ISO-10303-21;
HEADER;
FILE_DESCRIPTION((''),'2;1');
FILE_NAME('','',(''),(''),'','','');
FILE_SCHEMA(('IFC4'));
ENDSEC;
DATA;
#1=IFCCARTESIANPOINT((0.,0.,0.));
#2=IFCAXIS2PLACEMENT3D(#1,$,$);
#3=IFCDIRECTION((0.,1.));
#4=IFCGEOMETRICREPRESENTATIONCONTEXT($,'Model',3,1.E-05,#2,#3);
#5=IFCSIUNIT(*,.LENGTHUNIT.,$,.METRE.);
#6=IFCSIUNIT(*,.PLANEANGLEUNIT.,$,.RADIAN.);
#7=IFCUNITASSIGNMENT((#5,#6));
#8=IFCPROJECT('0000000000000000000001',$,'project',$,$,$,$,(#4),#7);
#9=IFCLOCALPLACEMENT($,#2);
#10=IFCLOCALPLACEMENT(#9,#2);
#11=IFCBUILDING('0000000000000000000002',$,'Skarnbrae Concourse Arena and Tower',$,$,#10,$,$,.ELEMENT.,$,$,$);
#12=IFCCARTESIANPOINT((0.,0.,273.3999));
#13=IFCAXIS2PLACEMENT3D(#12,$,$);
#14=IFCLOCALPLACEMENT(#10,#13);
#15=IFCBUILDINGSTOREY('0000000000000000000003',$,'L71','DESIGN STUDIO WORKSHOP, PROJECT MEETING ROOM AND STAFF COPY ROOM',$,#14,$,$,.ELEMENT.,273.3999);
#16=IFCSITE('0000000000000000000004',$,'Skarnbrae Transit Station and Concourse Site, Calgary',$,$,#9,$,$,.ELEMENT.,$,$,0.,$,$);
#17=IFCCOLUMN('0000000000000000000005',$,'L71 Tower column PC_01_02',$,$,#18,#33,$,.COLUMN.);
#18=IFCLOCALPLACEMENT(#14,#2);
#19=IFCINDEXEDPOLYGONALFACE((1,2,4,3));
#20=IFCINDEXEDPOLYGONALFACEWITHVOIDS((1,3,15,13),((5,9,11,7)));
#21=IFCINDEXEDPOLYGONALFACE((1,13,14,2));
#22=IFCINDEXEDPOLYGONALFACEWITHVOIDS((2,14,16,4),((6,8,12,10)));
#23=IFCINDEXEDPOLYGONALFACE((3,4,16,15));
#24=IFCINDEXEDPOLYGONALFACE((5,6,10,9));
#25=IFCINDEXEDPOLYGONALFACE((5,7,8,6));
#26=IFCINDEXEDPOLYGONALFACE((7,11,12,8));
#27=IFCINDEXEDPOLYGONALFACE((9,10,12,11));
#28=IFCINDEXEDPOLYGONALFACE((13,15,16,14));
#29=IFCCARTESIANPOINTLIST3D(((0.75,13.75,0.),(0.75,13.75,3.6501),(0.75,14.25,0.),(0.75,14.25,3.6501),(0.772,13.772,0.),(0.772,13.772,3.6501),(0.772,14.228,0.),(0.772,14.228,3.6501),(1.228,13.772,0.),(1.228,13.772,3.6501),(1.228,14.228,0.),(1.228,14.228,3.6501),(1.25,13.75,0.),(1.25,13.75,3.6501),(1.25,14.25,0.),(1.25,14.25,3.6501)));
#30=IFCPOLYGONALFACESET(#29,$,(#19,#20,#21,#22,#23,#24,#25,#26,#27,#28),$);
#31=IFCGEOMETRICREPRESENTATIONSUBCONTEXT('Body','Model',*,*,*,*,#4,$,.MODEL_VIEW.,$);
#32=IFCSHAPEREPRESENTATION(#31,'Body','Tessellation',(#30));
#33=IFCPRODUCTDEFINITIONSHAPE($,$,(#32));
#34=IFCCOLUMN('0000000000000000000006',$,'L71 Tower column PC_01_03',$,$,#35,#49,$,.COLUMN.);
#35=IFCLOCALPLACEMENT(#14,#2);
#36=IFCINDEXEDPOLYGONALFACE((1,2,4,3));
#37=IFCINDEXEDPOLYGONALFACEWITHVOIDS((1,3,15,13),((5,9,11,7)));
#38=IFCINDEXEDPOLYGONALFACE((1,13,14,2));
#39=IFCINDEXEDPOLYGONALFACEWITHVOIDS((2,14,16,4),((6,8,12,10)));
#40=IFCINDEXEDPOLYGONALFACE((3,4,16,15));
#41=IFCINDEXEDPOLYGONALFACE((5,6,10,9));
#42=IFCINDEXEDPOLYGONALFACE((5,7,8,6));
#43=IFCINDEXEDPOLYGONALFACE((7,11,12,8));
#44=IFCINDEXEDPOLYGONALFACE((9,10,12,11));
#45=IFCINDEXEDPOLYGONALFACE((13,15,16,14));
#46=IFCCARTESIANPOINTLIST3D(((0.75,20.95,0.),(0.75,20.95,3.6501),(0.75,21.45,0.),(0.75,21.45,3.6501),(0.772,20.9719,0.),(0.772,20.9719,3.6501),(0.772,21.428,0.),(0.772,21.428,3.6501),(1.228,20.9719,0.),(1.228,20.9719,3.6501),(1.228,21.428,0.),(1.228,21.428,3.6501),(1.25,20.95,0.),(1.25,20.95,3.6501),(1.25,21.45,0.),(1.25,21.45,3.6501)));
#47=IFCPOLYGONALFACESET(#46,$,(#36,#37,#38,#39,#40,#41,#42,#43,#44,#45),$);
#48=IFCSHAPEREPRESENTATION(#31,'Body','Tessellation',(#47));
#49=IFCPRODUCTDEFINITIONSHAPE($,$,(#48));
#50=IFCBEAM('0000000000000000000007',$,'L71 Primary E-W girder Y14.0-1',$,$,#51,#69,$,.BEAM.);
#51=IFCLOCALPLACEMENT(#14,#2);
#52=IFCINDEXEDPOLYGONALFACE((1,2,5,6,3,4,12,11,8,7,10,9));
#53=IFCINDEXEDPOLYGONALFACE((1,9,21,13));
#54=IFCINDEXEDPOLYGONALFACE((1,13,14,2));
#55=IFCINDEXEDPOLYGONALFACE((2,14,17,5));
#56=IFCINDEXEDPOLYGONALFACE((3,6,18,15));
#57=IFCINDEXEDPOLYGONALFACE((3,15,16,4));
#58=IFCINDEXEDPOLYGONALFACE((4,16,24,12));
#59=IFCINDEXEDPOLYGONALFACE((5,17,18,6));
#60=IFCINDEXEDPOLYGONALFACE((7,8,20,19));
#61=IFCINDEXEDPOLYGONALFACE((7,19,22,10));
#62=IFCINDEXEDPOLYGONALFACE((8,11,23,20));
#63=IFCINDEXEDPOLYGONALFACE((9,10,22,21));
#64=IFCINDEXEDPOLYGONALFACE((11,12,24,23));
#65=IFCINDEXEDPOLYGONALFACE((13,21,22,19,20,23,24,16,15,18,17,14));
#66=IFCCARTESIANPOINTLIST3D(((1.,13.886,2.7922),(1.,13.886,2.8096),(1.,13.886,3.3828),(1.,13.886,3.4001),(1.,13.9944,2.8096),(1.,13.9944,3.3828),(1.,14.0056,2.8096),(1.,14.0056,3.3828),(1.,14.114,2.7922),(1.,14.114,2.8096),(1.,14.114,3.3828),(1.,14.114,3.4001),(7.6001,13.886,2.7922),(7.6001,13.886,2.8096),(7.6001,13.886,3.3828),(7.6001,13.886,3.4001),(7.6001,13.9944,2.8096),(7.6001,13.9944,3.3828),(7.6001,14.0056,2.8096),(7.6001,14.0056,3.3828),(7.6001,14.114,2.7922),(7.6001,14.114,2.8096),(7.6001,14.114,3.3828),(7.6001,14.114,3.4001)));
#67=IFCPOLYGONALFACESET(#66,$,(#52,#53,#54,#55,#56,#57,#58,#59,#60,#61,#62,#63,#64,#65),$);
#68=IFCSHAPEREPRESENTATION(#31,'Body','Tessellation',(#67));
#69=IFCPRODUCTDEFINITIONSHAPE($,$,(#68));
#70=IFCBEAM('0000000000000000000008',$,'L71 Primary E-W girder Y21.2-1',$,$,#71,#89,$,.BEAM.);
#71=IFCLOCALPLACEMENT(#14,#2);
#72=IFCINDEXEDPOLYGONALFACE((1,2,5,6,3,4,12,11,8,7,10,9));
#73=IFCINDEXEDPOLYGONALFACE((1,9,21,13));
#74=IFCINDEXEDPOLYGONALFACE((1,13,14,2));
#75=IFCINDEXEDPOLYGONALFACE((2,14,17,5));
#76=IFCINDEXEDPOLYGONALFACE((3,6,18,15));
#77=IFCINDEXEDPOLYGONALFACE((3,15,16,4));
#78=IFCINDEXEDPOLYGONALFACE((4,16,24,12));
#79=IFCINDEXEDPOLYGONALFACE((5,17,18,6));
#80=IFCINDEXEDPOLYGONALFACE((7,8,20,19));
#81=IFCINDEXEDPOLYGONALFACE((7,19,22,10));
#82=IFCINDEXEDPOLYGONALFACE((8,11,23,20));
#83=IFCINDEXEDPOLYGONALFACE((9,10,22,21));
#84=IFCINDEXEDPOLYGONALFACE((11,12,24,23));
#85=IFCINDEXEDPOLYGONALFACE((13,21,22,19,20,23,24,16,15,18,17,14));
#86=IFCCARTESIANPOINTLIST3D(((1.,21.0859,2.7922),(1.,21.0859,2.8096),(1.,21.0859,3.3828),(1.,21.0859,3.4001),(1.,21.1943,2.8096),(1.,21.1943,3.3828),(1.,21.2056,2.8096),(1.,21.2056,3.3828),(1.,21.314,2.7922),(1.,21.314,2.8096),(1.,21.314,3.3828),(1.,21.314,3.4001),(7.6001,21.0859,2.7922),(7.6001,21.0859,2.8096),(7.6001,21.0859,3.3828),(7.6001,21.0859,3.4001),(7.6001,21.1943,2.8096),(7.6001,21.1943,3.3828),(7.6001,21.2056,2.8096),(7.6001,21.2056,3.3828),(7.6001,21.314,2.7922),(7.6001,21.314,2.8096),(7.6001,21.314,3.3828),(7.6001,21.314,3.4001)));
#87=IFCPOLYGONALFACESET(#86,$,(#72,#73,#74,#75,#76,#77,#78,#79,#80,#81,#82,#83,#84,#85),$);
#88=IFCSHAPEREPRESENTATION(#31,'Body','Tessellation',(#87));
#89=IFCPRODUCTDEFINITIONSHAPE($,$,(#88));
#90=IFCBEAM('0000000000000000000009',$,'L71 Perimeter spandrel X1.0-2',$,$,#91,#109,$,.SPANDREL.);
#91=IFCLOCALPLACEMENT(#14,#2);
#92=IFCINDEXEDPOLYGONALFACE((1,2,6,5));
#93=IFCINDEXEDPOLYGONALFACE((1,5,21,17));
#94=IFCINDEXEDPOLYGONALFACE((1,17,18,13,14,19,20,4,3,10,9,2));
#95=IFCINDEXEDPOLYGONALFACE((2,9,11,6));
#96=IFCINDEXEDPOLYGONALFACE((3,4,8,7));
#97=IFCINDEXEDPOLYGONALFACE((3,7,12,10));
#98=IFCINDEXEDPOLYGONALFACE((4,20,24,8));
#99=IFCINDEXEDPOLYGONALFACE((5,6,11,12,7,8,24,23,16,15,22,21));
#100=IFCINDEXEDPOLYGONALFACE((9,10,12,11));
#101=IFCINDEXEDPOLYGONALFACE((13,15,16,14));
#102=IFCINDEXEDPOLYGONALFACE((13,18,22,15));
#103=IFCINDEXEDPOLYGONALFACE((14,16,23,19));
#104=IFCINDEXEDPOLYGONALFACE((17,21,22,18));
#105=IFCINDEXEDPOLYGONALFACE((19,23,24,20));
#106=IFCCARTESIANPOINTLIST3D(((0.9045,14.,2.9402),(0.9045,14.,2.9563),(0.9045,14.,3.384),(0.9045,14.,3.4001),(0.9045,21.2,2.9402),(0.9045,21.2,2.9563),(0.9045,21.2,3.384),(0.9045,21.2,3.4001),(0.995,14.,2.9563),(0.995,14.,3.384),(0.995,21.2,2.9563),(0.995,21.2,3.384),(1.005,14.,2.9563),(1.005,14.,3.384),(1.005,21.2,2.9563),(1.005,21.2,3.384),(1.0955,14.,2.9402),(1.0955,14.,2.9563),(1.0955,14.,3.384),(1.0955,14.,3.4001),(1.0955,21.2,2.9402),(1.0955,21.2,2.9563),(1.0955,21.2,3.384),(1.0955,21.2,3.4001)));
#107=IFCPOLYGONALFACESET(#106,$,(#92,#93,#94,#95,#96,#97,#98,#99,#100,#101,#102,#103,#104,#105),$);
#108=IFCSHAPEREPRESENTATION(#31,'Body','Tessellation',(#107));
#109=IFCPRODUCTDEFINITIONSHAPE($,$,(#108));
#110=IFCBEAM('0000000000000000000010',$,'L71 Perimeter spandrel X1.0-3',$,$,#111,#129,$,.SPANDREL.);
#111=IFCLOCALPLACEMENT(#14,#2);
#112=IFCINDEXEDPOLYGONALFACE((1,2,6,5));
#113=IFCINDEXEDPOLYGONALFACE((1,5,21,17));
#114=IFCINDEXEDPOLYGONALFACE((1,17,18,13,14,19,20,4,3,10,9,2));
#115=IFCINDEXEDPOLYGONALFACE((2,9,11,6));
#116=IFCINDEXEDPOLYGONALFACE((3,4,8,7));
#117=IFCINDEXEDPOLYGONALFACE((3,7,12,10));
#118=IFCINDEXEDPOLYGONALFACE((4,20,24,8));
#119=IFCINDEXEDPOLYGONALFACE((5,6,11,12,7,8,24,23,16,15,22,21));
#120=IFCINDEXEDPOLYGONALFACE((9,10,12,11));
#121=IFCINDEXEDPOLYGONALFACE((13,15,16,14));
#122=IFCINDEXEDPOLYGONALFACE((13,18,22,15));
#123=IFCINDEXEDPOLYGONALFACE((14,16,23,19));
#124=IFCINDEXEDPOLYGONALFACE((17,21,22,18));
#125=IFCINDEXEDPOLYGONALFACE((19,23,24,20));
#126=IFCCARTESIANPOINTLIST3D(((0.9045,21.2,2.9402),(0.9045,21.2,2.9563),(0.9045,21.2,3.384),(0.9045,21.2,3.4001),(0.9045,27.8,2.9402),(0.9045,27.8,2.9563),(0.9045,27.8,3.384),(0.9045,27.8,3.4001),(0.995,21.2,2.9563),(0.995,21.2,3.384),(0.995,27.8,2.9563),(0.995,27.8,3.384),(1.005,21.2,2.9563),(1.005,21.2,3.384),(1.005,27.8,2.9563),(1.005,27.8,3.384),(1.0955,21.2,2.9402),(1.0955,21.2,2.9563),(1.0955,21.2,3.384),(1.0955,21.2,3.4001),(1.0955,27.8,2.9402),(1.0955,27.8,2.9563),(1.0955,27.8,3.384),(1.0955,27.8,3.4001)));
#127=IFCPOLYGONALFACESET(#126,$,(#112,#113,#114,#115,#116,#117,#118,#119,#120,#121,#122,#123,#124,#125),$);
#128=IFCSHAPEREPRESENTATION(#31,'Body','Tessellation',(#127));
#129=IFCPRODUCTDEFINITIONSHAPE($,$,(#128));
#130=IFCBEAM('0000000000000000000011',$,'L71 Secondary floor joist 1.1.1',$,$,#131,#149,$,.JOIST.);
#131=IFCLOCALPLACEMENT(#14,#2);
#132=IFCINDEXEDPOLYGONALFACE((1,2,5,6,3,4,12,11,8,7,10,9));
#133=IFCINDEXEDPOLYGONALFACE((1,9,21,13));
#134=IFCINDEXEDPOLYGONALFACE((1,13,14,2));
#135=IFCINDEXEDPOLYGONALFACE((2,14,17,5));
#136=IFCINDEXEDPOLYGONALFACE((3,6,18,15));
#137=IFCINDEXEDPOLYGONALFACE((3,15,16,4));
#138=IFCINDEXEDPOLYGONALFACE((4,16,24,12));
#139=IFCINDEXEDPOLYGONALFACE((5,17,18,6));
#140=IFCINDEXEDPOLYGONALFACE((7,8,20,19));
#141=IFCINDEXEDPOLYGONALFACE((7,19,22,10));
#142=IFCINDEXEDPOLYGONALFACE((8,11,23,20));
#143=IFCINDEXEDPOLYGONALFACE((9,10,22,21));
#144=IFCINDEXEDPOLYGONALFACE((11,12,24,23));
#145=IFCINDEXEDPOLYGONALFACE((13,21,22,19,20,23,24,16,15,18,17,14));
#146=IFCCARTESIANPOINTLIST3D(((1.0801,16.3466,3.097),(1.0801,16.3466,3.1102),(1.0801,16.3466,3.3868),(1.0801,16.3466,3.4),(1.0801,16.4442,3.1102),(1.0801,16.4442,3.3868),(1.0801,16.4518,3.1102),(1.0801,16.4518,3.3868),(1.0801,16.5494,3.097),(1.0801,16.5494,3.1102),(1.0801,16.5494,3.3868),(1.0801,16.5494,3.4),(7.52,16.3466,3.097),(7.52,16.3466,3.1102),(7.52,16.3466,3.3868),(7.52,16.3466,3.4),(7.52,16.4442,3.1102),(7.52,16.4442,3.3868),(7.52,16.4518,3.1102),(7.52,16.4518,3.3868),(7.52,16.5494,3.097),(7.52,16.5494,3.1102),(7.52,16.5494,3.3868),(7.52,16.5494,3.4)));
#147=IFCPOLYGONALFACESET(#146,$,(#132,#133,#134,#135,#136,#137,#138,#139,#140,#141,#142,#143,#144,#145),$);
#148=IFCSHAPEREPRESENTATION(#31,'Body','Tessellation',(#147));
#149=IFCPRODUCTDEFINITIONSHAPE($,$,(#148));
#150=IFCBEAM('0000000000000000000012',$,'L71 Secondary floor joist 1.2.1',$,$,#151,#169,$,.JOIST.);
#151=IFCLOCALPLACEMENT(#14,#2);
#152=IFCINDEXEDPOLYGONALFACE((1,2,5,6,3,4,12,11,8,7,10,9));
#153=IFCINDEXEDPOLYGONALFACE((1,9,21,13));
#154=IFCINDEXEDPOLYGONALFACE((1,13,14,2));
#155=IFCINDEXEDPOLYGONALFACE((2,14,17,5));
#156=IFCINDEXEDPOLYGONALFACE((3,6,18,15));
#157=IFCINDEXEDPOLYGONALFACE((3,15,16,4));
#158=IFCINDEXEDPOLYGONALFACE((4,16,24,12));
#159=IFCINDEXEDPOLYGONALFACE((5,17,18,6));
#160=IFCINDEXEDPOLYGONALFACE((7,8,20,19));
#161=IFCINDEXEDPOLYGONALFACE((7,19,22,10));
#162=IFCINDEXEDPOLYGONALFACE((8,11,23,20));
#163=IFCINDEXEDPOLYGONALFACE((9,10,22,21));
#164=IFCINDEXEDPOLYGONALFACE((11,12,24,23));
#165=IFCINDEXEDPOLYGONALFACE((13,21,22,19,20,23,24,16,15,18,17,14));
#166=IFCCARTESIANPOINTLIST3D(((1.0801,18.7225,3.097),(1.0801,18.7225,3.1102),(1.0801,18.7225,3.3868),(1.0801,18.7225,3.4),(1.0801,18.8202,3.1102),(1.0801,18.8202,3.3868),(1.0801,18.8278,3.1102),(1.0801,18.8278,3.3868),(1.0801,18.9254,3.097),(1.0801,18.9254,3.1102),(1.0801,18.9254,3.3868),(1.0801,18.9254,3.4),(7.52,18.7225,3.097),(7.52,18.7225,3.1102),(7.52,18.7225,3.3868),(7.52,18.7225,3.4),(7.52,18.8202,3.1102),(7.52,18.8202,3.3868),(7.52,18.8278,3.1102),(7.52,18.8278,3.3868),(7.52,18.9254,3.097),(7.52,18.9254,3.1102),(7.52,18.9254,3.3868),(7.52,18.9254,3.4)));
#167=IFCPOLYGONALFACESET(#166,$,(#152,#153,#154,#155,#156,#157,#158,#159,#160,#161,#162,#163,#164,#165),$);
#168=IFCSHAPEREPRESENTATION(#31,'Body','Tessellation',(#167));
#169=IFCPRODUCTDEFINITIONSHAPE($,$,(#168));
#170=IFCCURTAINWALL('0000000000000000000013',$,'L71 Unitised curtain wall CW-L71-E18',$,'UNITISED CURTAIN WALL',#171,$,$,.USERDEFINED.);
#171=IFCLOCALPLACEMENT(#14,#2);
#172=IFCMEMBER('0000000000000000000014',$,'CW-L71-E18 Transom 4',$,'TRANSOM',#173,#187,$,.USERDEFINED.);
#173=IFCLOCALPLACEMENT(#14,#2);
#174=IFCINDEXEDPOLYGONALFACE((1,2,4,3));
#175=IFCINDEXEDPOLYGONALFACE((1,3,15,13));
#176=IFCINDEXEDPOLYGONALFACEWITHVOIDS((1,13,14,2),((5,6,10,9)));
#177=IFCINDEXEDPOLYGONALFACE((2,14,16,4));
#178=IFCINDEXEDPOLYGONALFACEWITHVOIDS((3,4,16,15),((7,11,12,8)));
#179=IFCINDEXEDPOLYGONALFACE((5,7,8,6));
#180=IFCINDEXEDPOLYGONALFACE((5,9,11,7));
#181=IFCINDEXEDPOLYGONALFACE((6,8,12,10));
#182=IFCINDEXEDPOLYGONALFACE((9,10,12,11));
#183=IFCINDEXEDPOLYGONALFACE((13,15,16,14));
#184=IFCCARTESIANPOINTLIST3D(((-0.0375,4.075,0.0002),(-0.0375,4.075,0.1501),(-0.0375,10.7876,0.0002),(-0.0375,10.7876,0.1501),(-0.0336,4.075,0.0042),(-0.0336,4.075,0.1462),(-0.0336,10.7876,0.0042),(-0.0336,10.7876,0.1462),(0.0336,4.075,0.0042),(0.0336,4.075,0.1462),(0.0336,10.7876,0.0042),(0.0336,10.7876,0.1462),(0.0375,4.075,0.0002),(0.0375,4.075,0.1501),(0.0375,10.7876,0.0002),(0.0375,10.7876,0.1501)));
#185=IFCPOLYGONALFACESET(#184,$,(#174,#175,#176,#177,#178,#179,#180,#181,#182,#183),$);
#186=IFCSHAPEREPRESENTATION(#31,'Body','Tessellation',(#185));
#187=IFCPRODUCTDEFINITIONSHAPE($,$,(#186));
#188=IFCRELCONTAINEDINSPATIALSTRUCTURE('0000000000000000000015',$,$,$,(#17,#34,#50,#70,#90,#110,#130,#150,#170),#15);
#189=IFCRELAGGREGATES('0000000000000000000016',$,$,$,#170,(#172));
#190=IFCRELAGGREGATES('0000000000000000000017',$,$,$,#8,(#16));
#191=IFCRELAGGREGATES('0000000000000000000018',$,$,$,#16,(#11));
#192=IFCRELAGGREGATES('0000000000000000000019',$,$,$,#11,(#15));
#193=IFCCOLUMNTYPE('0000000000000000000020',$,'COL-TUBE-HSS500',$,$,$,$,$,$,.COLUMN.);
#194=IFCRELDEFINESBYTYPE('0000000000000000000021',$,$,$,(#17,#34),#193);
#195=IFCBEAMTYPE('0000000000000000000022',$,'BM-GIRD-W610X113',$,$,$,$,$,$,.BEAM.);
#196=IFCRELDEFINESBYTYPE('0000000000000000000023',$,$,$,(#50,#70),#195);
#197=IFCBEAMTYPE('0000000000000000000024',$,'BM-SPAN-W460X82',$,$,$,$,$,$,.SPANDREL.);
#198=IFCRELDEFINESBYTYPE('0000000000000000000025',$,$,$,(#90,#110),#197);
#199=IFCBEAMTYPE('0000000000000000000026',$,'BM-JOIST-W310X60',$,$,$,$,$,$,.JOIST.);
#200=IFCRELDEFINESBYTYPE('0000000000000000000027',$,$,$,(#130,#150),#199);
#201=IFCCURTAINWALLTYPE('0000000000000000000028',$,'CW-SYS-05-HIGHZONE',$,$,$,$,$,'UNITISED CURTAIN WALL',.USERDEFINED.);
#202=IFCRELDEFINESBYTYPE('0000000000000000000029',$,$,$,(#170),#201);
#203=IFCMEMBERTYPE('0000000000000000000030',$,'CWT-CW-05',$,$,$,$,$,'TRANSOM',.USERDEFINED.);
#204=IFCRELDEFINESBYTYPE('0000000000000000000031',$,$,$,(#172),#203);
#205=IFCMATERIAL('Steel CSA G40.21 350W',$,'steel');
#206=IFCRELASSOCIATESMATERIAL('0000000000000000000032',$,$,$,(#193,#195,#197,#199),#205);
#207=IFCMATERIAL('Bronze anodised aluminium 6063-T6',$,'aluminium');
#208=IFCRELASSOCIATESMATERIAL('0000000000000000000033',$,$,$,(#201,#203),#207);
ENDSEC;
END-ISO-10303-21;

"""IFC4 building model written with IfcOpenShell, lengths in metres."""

from ifc_helpers import new_model, si_unit, direction, frame, origin, origin_2d, place, context, subcontext, project, spatial, hollow_rectangle, i_section, extrude, source, transform, mapped, material, material_profile, profile_set, type_object, element, aggregate, save


model = new_model("IFC4")

# Units and contexts
model_context = context("Model", 3, precision=1e-05, world=origin(), true_north=direction((0.0, 1.0)))
body_context = subcontext(model_context, "Body", "Model", "MODEL_VIEW")
ifc_project = project(units=[si_unit("LENGTHUNIT", "METRE"), si_unit("PLANEANGLEUNIT", "RADIAN")], contexts=[model_context])

# Site, building, storey
site_placement = place(None, origin())
site = spatial("IfcSite", under=ifc_project, at=site_placement, Name="Skarnbrae Transit Station and Concourse Site, Calgary", CompositionType="ELEMENT", RefElevation=0.0)
building_placement = place(site_placement, origin())
building = spatial("IfcBuilding", under=site, at=building_placement, Name="Skarnbrae Concourse Arena and Tower", CompositionType="ELEMENT")
storey_placement = place(building_placement, frame((0.0, 0.0, 273.3999)))
storey = spatial("IfcBuildingStorey", under=building, at=storey_placement, Name="L71", Description="DESIGN STUDIO WORKSHOP, PROJECT MEETING ROOM AND STAFF COPY ROOM", CompositionType="ELEMENT", Elevation=273.3999)

# Columns
ifc_material_1 = material(Name="Steel CSA G40.21 350W", Category="steel")
ifc_material_profile_1 = material_profile(ifc_material_1, hollow_rectangle(XDim=0.5, YDim=0.5, WallThickness=0.022, at=origin_2d()), Name="HSS500X500X22.0")
ifc_profile_set_1 = profile_set([ifc_material_profile_1], Name="Steel CSA G40.21 350W")
column_type = type_object("IfcColumnType", Name="COL-TUBE-HSS500", PredefinedType="COLUMN", material=ifc_profile_set_1)
shared_shape_1 = source(origin(), body_context, "Body", "SweptSolid", [
    extrude(hollow_rectangle(XDim=0.5, YDim=0.5, WallThickness=0.022, at=origin_2d()), origin(), (0.0, 0.0, 1.0), 3.6501),
])
for number, where, z_axis, x_axis, name in (
    (1, (1.0, 14.0, 0.0), (0.0, 0.0, 1.0), (1.0, 0.0, 0.0), "L71 Tower column PC_01_02"),
    (2, (1.0, 21.2, 0.0), (0.0, 0.0, 1.0), (1.0, 0.0, 0.0), "L71 Tower column PC_01_03"),
):
    element("IfcColumn", number, at=place(storey_placement, frame(where, z_axis=z_axis, x_axis=x_axis)), inside=storey, type_object=column_type, Name=name, PredefinedType="COLUMN", context=body_context, shape_type="MappedRepresentation", body=[
        mapped(shared_shape_1, transform((0.0, 0.0, 0.0))),
    ])

# Beams
ifc_material_profile_2 = material_profile(ifc_material_1, i_section(OverallWidth=0.228, OverallDepth=0.6079, WebThickness=0.0112, FlangeThickness=0.0173, at=origin_2d()), Name="W610X113")
ifc_profile_set_2 = profile_set([ifc_material_profile_2], Name="Steel CSA G40.21 350W")
beam_type_1 = type_object("IfcBeamType", Name="BM-GIRD-W610X113", PredefinedType="BEAM", material=ifc_profile_set_2)
shared_shape_2 = source(origin(), body_context, "Body", "SweptSolid", [
    extrude(i_section(OverallWidth=0.228, OverallDepth=0.6079, WebThickness=0.0112, FlangeThickness=0.0173, at=origin_2d()), origin(), (0.0, 0.0, 1.0), 6.6001),
])
for number, where, z_axis, x_axis, name in (
    (3, (1.0, 14.0, 3.0962), (1.0, 0.0, 0.0), (0.0, 1.0, 0.0), "L71 Primary E-W girder Y14.0-1"),
    (4, (1.0, 21.2, 3.0962), (1.0, 0.0, 0.0), (0.0, 1.0, 0.0), "L71 Primary E-W girder Y21.2-1"),
):
    element("IfcBeam", number, at=place(storey_placement, frame(where, z_axis=z_axis, x_axis=x_axis)), inside=storey, type_object=beam_type_1, Name=name, PredefinedType="BEAM", context=body_context, shape_type="MappedRepresentation", body=[
        mapped(shared_shape_2, transform((0.0, 0.0, 0.0))),
    ])
ifc_material_profile_3 = material_profile(ifc_material_1, i_section(OverallWidth=0.1909, OverallDepth=0.46, WebThickness=0.01, FlangeThickness=0.0161, at=origin_2d()), Name="W460X82")
ifc_profile_set_3 = profile_set([ifc_material_profile_3], Name="Steel CSA G40.21 350W")
beam_type_2 = type_object("IfcBeamType", Name="BM-SPAN-W460X82", PredefinedType="SPANDREL", material=ifc_profile_set_3)
shared_shape_3 = source(origin(), body_context, "Body", "SweptSolid", [
    extrude(i_section(OverallWidth=0.1909, OverallDepth=0.46, WebThickness=0.01, FlangeThickness=0.0161, at=origin_2d()), origin(), (0.0, 0.0, 1.0), 7.2),
])
beam_1_placement = place(storey_placement, frame((1.0, 14.0, 3.1702), z_axis=(0.0, 1.0, 0.0), x_axis=(-1.0, 0.0, 0.0)))
element("IfcBeam", 5, at=beam_1_placement, inside=storey, type_object=beam_type_2, Name="L71 Perimeter spandrel X1.0-2", PredefinedType="SPANDREL", context=body_context, shape_type="MappedRepresentation", body=[
    mapped(shared_shape_3, transform((0.0, 0.0, 0.0))),
])
shared_shape_4 = source(origin(), body_context, "Body", "SweptSolid", [
    extrude(i_section(OverallWidth=0.1909, OverallDepth=0.46, WebThickness=0.01, FlangeThickness=0.0161, at=origin_2d()), origin(), (0.0, 0.0, 1.0), 6.6001),
])
beam_2_placement = place(storey_placement, frame((1.0, 21.2, 3.1702), z_axis=(0.0, 1.0, 0.0), x_axis=(-1.0, 0.0, 0.0)))
element("IfcBeam", 6, at=beam_2_placement, inside=storey, type_object=beam_type_2, Name="L71 Perimeter spandrel X1.0-3", PredefinedType="SPANDREL", context=body_context, shape_type="MappedRepresentation", body=[
    mapped(shared_shape_4, transform((0.0, 0.0, 0.0))),
])
ifc_material_profile_4 = material_profile(ifc_material_1, i_section(OverallWidth=0.2029, OverallDepth=0.303, WebThickness=0.0076, FlangeThickness=0.0132, at=origin_2d()), Name="W310X60")
ifc_profile_set_4 = profile_set([ifc_material_profile_4], Name="Steel CSA G40.21 350W")
beam_type_3 = type_object("IfcBeamType", Name="BM-JOIST-W310X60", PredefinedType="JOIST", material=ifc_profile_set_4)
shared_shape_5 = source(origin(), body_context, "Body", "SweptSolid", [
    extrude(i_section(OverallWidth=0.2029, OverallDepth=0.303, WebThickness=0.0076, FlangeThickness=0.0132, at=origin_2d()), origin(), (0.0, 0.0, 1.0), 6.4399),
])
for number, where, z_axis, x_axis, name in (
    (7, (1.0801, 16.448, 3.2485), (1.0, 0.0, 0.0), (0.0, 1.0, 0.0), "L71 Secondary floor joist 1.1.1"),
    (8, (1.0801, 18.824, 3.2485), (1.0, 0.0, 0.0), (0.0, 1.0, 0.0), "L71 Secondary floor joist 1.2.1"),
):
    element("IfcBeam", number, at=place(storey_placement, frame(where, z_axis=z_axis, x_axis=x_axis)), inside=storey, type_object=beam_type_3, Name=name, PredefinedType="JOIST", context=body_context, shape_type="MappedRepresentation", body=[
        mapped(shared_shape_5, transform((0.0, 0.0, 0.0))),
    ])

# Curtain wall, member
ifc_material_2 = material(Name="Bronze anodised aluminium 6063-T6", Category="aluminium")
curtain_wall_type = type_object("IfcCurtainWallType", Name="CW-SYS-05-HIGHZONE", ElementType="UNITISED CURTAIN WALL", PredefinedType="USERDEFINED", material=ifc_material_2)
curtain_wall_placement = place(storey_placement, origin())
curtain_wall = element("IfcCurtainWall", 9, at=curtain_wall_placement, inside=storey, type_object=curtain_wall_type, Name="L71 Unitised curtain wall CW-L71-E18", ObjectType="UNITISED CURTAIN WALL", PredefinedType="USERDEFINED")
ifc_material_profile_5 = material_profile(ifc_material_2, hollow_rectangle(XDim=0.075, YDim=0.1499, WallThickness=0.0039, at=origin_2d()), Name="ALU-TRAN-75X150")
ifc_profile_set_5 = profile_set([ifc_material_profile_5], Name="Bronze anodised aluminium 6063-T6")
member_type_1 = type_object("IfcMemberType", Name="CWT-CW-05", ElementType="TRANSOM", PredefinedType="USERDEFINED", material=ifc_profile_set_5)
shared_shape_6 = source(origin(), body_context, "Body", "SweptSolid", [
    extrude(hollow_rectangle(XDim=0.075, YDim=0.1499, WallThickness=0.0039, at=origin_2d()), origin(), (0.0, 0.0, 1.0), 6.7126),
])
member_1_placement = place(storey_placement, frame((0.0, 10.7876, 0.0752), z_axis=(0.0, -1.0, 0.0), x_axis=(1.0, 0.0, 0.0)))
member_1 = element("IfcMember", 10, at=member_1_placement, type_object=member_type_1, Name="CW-L71-E18 Transom 4", ObjectType="TRANSOM", PredefinedType="USERDEFINED", context=body_context, shape_type="MappedRepresentation", body=[
    mapped(shared_shape_6, transform((0.0, 0.0, 0.0))),
])
aggregate(curtain_wall, [member_1])

save(model, "model.ifc")
